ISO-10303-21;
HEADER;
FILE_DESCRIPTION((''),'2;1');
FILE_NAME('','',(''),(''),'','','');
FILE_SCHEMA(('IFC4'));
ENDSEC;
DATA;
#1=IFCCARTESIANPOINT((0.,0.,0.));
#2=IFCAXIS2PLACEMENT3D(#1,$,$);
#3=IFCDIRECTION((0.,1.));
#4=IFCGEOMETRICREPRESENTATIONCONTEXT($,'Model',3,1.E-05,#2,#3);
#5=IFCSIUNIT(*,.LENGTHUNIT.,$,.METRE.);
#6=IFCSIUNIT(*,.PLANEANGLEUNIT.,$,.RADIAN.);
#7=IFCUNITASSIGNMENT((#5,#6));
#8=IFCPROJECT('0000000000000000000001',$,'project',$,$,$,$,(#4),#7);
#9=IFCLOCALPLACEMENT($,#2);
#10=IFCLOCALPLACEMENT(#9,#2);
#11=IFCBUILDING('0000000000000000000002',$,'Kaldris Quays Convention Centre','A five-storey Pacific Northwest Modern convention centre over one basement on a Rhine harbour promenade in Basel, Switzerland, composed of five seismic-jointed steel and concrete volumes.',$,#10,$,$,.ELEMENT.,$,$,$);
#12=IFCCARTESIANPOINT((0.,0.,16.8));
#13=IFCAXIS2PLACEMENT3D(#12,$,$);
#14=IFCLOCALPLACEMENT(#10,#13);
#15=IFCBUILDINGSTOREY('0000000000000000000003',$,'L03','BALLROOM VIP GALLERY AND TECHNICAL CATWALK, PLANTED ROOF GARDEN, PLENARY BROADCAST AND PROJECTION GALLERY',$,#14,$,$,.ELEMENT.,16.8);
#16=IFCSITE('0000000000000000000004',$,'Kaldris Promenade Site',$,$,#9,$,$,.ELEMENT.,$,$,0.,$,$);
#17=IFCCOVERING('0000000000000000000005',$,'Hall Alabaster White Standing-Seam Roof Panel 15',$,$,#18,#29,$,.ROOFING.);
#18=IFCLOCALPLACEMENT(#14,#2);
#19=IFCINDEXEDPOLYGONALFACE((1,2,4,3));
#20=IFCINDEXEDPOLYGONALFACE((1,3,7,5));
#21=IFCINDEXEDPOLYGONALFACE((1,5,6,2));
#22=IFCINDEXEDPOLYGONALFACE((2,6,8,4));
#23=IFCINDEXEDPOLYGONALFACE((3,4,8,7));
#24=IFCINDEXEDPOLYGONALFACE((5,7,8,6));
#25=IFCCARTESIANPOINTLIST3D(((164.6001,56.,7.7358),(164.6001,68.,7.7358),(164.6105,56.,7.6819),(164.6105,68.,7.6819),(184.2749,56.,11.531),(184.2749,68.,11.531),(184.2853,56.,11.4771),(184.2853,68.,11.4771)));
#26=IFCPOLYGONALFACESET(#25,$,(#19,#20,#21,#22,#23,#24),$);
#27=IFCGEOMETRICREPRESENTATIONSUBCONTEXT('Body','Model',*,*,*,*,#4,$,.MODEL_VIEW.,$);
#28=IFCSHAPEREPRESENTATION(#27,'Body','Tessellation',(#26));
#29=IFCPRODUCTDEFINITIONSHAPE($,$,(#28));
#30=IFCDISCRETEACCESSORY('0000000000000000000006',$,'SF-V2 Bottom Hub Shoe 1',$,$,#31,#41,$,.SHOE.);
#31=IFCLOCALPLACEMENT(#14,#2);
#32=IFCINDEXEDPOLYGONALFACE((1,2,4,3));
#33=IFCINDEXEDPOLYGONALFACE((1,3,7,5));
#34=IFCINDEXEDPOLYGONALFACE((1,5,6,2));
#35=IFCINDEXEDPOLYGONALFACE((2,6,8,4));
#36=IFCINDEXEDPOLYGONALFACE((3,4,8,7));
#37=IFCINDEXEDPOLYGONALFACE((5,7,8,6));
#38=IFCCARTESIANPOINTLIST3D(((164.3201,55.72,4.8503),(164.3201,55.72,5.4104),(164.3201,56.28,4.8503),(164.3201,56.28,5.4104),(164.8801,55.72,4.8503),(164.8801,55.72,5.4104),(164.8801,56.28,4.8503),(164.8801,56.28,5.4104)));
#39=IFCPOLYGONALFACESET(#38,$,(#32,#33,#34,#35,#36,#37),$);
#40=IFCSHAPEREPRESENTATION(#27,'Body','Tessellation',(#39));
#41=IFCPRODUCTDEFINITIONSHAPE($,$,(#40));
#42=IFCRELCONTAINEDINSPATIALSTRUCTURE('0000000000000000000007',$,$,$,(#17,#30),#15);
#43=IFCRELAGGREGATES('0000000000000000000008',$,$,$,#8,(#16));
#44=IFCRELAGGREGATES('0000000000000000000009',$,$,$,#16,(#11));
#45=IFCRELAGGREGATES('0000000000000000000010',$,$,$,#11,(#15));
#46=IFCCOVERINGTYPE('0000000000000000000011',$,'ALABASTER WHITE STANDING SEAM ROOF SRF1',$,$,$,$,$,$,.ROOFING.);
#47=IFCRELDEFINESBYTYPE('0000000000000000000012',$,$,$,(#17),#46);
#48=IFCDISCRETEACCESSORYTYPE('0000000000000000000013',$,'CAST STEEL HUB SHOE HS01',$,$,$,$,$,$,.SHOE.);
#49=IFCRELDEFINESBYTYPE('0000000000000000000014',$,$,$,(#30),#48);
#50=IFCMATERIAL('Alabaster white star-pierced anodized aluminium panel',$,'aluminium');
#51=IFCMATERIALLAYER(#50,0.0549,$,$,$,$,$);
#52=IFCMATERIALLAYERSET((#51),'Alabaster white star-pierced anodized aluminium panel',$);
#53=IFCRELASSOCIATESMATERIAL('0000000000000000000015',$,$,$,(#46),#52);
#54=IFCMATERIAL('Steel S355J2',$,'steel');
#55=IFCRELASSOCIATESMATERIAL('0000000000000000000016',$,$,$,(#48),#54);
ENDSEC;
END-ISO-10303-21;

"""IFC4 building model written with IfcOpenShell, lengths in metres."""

from ifc_helpers import new_model, si_unit, direction, frame, origin, origin_2d, place, context, subcontext, project, spatial, polyline, rectangle, outline, extrude, material, layer, layer_set, type_object, element, save


model = new_model("IFC4")

# Units and contexts
model_context = context("Model", 3, precision=1e-05, world=origin(), true_north=direction((0.0, 1.0)))
body_context = subcontext(model_context, "Body", "Model", "MODEL_VIEW")
ifc_project = project(units=[si_unit("LENGTHUNIT", "METRE"), si_unit("PLANEANGLEUNIT", "RADIAN")], contexts=[model_context])

# Site, building, storey
site_placement = place(None, origin())
site = spatial("IfcSite", under=ifc_project, at=site_placement, Name="Kaldris Promenade Site", CompositionType="ELEMENT", RefElevation=0.0)
building_placement = place(site_placement, origin())
building = spatial("IfcBuilding", under=site, at=building_placement, Name="Kaldris Quays Convention Centre", Description="A five-storey Pacific Northwest Modern convention centre over one basement on a Rhine harbour promenade in Basel, Switzerland, composed of five seismic-jointed steel and concrete volumes.", CompositionType="ELEMENT")
storey_placement = place(building_placement, frame((0.0, 0.0, 16.8)))
storey = spatial("IfcBuildingStorey", under=building, at=storey_placement, Name="L03", Description="BALLROOM VIP GALLERY AND TECHNICAL CATWALK, PLANTED ROOF GARDEN, PLENARY BROADCAST AND PROJECTION GALLERY", CompositionType="ELEMENT", Elevation=16.8)

# Shared definitions
ifc_material_1 = material(Name="Steel S355J2", Category="steel")

# Covering
ifc_material_2 = material(Name="Alabaster white star-pierced anodized aluminium panel", Category="aluminium")
ifc_layer_1 = layer(ifc_material_2, 0.0549)
ifc_layer_set_1 = layer_set([ifc_layer_1], Name="Alabaster white star-pierced anodized aluminium panel")
covering_type = type_object("IfcCoveringType", Name="ALABASTER WHITE STANDING SEAM ROOF SRF1", PredefinedType="ROOFING", material=ifc_layer_set_1)
covering_placement = place(storey_placement, frame((164.6001, 56.0, 7.7358), z_axis=(-0.189403, 0.0, 0.981899), x_axis=(0.981899, 0.0, 0.189403)))
element("IfcCovering", 1, at=covering_placement, inside=storey, type_object=covering_type, Name="Hall Alabaster White Standing-Seam Roof Panel 15", PredefinedType="ROOFING", context=body_context, shape_type="SweptSolid", body=[
    extrude(outline(polyline([(0.0, 0.0), (20.0375, 0.0), (20.0375, 12.0), (0.0, 12.0), (0.0, 0.0)])), origin(), (0.0, 0.0, -1.0), 0.0549),
])

# Discrete accessory
discrete_accessory_type = type_object("IfcDiscreteAccessoryType", Name="CAST STEEL HUB SHOE HS01", PredefinedType="SHOE", material=ifc_material_1)
discrete_accessory_placement = place(storey_placement, frame((164.6001, 56.0, 4.8503), z_axis=(0.0, 0.0, 1.0), x_axis=(1.0, 0.0, 0.0)))
element("IfcDiscreteAccessory", 2, at=discrete_accessory_placement, inside=storey, type_object=discrete_accessory_type, Name="SF-V2 Bottom Hub Shoe 1", PredefinedType="SHOE", context=body_context, shape_type="SweptSolid", body=[
    extrude(rectangle(XDim=0.5601, YDim=0.5601, at=origin_2d()), origin(), (0.0, 0.0, 1.0), 0.5601),
])

save(model, "model.ifc")
